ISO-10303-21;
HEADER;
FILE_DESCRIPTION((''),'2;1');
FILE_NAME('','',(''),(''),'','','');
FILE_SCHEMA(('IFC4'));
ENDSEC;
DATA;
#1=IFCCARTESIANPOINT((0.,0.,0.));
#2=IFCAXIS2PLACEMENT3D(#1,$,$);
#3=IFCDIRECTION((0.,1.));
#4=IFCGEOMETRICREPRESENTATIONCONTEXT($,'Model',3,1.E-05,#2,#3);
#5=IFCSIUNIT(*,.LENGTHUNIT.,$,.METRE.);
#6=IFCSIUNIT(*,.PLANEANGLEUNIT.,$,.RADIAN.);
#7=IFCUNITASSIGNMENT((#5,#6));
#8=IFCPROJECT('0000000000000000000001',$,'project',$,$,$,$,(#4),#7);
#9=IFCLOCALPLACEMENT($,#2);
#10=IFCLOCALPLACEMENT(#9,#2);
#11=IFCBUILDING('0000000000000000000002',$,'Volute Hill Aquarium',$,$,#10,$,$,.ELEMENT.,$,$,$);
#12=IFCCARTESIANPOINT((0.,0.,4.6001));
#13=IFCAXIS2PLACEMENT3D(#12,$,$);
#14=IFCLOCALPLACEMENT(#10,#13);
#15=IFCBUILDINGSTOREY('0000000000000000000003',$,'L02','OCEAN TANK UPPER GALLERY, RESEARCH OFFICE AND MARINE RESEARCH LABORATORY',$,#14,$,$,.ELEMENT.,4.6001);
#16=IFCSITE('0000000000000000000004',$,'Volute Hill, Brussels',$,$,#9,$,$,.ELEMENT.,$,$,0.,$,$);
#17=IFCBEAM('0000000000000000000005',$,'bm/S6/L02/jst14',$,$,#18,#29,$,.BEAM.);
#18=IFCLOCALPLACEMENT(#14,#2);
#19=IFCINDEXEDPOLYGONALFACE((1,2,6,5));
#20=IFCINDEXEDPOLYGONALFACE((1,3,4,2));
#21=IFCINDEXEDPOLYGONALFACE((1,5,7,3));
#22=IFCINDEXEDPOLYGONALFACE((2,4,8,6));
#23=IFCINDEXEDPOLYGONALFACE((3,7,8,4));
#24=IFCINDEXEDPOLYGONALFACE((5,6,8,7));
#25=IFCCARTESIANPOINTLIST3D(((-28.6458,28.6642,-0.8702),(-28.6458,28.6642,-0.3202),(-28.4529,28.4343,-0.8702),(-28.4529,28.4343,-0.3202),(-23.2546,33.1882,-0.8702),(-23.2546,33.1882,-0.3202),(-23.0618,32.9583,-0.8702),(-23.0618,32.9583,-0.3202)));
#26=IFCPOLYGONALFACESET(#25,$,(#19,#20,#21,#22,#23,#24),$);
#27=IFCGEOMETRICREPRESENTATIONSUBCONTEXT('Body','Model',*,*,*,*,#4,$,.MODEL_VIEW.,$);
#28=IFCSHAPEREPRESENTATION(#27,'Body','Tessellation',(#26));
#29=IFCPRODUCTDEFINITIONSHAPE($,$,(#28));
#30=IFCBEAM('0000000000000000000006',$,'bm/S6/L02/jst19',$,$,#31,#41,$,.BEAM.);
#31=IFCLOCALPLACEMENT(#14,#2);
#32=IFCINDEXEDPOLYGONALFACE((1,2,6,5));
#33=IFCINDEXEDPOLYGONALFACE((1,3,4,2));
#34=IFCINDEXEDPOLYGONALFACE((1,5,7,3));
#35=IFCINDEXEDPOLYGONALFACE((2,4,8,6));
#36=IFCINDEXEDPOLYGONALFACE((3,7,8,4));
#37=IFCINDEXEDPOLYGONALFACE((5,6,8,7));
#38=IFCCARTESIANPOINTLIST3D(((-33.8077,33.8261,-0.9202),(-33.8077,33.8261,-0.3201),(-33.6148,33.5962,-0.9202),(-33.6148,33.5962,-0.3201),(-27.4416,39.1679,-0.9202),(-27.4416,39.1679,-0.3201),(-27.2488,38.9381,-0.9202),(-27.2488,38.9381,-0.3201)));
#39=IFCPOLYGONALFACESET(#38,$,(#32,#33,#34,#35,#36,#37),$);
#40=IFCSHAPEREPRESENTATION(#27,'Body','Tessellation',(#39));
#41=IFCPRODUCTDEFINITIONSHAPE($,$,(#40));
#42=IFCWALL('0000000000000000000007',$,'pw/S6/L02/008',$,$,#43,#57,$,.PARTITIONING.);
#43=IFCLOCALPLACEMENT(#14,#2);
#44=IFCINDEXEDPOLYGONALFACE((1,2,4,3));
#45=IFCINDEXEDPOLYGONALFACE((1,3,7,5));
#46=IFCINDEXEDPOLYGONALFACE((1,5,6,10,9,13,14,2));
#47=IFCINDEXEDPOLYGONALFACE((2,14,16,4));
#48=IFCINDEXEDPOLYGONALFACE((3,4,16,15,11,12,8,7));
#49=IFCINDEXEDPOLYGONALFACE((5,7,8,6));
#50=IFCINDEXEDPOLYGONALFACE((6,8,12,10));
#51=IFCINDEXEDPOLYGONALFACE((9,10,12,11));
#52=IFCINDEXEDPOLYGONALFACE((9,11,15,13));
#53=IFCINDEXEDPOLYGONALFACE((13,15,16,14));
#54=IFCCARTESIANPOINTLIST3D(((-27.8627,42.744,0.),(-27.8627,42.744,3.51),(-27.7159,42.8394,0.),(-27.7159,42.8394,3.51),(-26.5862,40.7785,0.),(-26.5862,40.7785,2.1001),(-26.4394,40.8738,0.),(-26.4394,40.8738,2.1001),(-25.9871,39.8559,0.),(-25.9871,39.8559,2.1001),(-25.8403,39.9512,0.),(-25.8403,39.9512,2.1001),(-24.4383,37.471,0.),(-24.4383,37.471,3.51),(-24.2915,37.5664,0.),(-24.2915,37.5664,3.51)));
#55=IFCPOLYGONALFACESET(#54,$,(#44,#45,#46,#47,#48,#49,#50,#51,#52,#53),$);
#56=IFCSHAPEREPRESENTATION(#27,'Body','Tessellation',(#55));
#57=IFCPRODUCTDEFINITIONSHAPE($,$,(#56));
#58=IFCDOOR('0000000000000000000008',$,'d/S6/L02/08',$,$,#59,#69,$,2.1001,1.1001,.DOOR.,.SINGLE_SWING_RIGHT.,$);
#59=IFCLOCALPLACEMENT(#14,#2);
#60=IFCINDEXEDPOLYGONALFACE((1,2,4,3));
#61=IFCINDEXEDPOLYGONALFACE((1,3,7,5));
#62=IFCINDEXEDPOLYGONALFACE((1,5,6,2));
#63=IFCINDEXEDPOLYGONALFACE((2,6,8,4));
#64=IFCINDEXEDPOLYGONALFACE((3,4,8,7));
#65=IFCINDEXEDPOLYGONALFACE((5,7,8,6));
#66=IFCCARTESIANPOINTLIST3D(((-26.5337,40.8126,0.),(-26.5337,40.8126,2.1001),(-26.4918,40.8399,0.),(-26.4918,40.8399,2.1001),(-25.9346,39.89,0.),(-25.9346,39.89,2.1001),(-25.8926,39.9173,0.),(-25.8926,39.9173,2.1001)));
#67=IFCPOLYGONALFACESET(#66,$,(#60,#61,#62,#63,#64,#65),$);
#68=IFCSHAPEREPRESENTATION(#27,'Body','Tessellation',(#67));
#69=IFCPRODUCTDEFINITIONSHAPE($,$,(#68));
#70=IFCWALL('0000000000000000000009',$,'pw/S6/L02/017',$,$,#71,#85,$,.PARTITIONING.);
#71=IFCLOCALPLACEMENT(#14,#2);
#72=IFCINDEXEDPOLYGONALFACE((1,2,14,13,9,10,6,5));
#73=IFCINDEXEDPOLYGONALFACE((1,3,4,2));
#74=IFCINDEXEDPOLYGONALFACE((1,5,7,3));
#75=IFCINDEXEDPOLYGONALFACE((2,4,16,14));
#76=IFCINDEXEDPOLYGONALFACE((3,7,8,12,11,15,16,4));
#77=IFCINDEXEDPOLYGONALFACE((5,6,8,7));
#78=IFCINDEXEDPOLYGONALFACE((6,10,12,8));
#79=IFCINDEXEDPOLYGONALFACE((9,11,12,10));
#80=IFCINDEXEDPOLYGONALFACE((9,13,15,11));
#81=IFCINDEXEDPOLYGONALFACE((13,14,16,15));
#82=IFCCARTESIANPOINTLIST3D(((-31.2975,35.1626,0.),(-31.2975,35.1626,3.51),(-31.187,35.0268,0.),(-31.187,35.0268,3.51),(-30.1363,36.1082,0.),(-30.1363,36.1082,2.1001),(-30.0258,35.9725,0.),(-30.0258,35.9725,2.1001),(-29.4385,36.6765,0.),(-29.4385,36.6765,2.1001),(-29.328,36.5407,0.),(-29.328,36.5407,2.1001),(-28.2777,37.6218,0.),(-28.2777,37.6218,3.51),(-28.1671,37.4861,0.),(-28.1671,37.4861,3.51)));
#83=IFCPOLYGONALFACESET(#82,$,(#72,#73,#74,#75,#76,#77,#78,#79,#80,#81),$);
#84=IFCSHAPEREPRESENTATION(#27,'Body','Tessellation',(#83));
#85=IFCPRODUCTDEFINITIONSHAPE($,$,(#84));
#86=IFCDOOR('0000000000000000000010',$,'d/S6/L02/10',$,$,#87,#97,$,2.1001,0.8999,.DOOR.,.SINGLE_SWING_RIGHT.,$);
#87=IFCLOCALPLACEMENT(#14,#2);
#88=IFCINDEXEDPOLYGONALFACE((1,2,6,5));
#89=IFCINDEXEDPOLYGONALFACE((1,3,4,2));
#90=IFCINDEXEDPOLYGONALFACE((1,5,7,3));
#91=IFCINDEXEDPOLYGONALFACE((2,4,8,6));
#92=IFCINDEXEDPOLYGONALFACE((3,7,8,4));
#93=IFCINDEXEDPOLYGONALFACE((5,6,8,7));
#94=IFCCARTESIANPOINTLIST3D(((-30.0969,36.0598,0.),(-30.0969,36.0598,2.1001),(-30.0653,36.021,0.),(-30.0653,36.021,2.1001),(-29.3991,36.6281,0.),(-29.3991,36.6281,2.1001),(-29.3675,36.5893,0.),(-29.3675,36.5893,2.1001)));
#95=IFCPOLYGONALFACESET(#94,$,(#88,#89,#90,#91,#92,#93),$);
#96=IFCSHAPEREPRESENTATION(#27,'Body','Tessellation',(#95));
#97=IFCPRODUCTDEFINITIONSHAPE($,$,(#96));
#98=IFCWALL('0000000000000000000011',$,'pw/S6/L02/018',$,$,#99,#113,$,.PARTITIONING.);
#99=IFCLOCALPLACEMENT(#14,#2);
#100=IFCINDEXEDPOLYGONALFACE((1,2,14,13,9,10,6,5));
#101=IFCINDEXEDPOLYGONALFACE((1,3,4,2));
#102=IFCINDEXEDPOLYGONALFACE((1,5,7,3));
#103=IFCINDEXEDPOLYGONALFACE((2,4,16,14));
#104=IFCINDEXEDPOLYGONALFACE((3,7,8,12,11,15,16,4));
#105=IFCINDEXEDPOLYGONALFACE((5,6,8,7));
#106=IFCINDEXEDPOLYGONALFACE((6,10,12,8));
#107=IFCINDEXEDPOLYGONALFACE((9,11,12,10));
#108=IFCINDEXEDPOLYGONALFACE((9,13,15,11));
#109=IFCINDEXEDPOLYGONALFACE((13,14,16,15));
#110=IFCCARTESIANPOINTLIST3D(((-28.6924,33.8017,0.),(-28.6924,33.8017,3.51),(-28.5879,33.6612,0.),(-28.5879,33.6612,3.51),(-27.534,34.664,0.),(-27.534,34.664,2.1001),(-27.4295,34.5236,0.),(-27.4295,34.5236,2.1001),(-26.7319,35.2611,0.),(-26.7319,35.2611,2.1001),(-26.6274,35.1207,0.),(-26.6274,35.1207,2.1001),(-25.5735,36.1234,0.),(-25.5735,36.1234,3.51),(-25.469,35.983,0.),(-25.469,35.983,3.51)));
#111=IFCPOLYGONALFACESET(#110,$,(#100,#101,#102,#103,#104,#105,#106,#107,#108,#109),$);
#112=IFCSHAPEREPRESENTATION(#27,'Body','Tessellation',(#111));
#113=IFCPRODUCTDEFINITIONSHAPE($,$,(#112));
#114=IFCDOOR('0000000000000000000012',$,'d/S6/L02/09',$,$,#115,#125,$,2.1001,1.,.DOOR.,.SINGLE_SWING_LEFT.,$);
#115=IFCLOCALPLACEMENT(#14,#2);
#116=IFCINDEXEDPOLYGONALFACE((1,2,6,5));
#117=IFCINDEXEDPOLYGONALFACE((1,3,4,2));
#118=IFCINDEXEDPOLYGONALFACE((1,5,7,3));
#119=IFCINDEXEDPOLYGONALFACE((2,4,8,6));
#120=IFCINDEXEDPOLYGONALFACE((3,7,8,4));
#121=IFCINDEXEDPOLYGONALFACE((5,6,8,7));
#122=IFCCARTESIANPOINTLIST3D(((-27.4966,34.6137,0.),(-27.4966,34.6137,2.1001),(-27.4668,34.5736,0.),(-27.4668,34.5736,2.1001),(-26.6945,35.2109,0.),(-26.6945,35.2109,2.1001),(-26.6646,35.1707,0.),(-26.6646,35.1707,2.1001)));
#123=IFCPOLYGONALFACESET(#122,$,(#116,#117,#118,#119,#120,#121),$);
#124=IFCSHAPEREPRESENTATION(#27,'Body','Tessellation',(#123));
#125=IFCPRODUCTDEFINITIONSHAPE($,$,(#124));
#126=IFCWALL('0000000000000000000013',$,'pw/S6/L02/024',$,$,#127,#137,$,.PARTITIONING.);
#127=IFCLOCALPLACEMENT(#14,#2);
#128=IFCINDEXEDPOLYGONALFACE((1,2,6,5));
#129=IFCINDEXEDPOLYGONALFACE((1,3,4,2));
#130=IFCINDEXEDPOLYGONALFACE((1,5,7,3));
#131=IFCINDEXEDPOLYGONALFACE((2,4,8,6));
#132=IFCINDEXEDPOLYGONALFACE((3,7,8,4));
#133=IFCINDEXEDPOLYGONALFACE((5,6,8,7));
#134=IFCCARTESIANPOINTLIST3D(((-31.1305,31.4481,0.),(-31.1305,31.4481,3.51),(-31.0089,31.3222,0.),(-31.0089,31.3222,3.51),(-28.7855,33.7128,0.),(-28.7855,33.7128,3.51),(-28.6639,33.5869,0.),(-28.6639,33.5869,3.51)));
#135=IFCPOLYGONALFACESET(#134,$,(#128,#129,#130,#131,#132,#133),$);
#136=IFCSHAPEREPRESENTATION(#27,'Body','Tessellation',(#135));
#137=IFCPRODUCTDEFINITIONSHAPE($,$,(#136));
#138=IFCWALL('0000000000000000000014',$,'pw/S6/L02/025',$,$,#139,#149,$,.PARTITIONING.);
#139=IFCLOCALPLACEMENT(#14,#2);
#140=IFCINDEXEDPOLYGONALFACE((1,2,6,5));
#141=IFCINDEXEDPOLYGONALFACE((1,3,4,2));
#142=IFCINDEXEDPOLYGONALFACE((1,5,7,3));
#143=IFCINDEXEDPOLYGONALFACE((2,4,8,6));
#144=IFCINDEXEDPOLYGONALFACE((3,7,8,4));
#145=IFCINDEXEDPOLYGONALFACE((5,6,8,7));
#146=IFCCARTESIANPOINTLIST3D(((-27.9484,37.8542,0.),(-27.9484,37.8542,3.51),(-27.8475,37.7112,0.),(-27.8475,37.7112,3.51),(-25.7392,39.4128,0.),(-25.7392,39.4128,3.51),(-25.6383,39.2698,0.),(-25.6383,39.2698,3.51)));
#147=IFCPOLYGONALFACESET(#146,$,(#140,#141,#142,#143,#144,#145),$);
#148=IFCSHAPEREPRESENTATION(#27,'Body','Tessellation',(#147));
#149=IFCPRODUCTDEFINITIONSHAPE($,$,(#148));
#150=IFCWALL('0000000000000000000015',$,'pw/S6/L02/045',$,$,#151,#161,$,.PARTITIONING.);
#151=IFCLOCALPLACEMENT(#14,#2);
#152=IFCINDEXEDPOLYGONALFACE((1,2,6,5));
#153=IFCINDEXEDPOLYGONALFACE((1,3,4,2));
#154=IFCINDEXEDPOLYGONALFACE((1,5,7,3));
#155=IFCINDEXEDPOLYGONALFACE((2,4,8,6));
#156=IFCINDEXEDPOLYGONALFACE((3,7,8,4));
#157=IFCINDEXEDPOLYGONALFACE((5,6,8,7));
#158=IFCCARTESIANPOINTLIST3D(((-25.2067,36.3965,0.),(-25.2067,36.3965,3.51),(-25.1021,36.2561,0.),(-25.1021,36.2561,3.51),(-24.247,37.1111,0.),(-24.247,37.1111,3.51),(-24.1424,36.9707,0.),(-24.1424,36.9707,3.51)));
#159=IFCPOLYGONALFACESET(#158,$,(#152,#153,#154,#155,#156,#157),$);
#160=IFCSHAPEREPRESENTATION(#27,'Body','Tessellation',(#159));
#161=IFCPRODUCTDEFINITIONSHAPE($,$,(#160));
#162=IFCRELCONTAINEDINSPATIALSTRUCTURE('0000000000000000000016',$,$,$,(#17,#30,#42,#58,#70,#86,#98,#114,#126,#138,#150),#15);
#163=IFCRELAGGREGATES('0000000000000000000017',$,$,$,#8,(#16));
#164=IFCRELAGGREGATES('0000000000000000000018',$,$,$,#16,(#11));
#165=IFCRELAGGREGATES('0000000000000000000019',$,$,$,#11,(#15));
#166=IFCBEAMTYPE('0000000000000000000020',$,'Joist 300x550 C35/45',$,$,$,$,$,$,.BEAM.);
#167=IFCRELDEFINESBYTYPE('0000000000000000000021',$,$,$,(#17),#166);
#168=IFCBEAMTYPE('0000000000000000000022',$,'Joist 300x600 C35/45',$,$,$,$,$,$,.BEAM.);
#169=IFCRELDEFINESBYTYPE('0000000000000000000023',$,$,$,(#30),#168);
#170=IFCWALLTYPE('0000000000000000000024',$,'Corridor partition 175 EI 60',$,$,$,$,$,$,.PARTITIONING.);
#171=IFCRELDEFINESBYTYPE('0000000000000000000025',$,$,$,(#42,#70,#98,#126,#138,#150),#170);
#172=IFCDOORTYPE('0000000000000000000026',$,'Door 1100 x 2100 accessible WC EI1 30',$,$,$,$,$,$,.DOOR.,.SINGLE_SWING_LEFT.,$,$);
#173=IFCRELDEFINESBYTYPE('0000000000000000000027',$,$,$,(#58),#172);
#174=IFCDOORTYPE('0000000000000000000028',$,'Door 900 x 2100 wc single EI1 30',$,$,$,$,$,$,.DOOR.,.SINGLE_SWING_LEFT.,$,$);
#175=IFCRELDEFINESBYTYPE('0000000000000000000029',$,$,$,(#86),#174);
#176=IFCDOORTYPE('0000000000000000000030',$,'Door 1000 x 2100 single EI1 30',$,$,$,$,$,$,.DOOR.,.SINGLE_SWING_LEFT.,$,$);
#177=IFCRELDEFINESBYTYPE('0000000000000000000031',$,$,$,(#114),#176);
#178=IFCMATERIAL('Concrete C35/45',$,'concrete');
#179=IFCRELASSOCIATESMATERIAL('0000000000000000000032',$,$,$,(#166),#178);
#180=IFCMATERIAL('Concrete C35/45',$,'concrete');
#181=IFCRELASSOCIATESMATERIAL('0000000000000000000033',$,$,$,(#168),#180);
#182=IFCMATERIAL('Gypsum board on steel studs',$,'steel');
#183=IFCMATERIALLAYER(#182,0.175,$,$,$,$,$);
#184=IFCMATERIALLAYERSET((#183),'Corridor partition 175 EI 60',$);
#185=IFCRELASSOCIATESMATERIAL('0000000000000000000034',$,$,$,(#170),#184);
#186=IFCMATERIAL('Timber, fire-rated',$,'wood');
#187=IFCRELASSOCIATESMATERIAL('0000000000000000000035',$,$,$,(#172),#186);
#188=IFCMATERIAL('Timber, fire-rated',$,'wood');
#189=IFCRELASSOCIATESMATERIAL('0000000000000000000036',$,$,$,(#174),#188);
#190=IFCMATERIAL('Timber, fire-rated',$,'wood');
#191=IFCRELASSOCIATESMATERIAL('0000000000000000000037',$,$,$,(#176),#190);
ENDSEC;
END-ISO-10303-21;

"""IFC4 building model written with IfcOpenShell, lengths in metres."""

from ifc_helpers import new_model, si_unit, direction, frame, frame_2d, origin, origin_2d, place, context, subcontext, project, spatial, rectangle, extrude, material, layer, layer_set, material_profile, profile_set, type_object, element, fill, save


model = new_model("IFC4")

# Units and contexts
model_context = context("Model", 3, precision=1e-05, world=origin(), true_north=direction((0.0, 1.0)))
body_context = subcontext(model_context, "Body", "Model", "MODEL_VIEW")
ifc_project = project(units=[si_unit("LENGTHUNIT", "METRE"), si_unit("PLANEANGLEUNIT", "RADIAN")], contexts=[model_context])

# Site, building, storey
site_placement = place(None, origin())
site = spatial("IfcSite", under=ifc_project, at=site_placement, Name="Volute Hill, Brussels", CompositionType="ELEMENT", RefElevation=0.0)
building_placement = place(site_placement, origin())
building = spatial("IfcBuilding", under=site, at=building_placement, Name="Volute Hill Aquarium", CompositionType="ELEMENT")
storey_placement = place(building_placement, frame((0.0, 0.0, 4.6001)))
storey = spatial("IfcBuildingStorey", under=building, at=storey_placement, Name="L02", Description="OCEAN TANK UPPER GALLERY, RESEARCH OFFICE AND MARINE RESEARCH LABORATORY", CompositionType="ELEMENT", Elevation=4.6001)

# Beams
ifc_material_1 = material(Name="Concrete C35/45", Category="concrete")
ifc_material_profile_1 = material_profile(ifc_material_1, rectangle(XDim=0.3, YDim=0.55, at=origin_2d()), Name="RC joist 300x550")
ifc_profile_set_1 = profile_set([ifc_material_profile_1], Name="Concrete C35/45")
beam_type_1 = type_object("IfcBeamType", Name="Joist 300x550 C35/45", PredefinedType="BEAM", material=ifc_profile_set_1)
beam_1_placement = place(storey_placement, frame((-23.1582, 33.0732, -0.5952), z_axis=(-0.766027, -0.642808, 0.0), x_axis=(0.642808, -0.766027, 0.0)))
element("IfcBeam", 1, at=beam_1_placement, inside=storey, type_object=beam_type_1, Name="bm/S6/L02/jst14", PredefinedType="BEAM", context=body_context, shape_type="SweptSolid", body=[
    extrude(rectangle(XDim=0.3, YDim=0.55, at=origin_2d()), origin(), (0.0, 0.0, 1.0), 7.0378),
])
ifc_material_2 = material(Name="Concrete C35/45", Category="concrete")
ifc_material_profile_2 = material_profile(ifc_material_2, rectangle(XDim=0.3, YDim=0.6001, at=origin_2d()), Name="RC joist 300x600")
ifc_profile_set_2 = profile_set([ifc_material_profile_2], Name="Concrete C35/45")
beam_type_2 = type_object("IfcBeamType", Name="Joist 300x600 C35/45", PredefinedType="BEAM", material=ifc_profile_set_2)
beam_2_placement = place(storey_placement, frame((-27.3452, 39.053, -0.6201), z_axis=(-0.766038, -0.642796, 0.0), x_axis=(0.642796, -0.766038, 0.0)))
element("IfcBeam", 2, at=beam_2_placement, inside=storey, type_object=beam_type_2, Name="bm/S6/L02/jst19", PredefinedType="BEAM", context=body_context, shape_type="SweptSolid", body=[
    extrude(rectangle(XDim=0.3, YDim=0.6001, at=origin_2d()), origin(), (0.0, 0.0, 1.0), 8.3103),
])

# Walls, openings, doors
ifc_material_3 = material(Name="Gypsum board on steel studs", Category="steel")
ifc_layer_1 = layer(ifc_material_3, 0.175)
ifc_layer_set_1 = layer_set([ifc_layer_1], Name="Corridor partition 175 EI 60")
wall_type_1 = type_object("IfcWallType", Name="Corridor partition 175 EI 60", PredefinedType="PARTITIONING", material=ifc_layer_set_1)
wall_1_placement = place(storey_placement, frame((-24.365, 37.5188, 0.0), z_axis=(0.0, 0.0, 1.0), x_axis=(-0.544642, 0.838669, 0.0)))
wall_1 = element("IfcWall", 3, at=wall_1_placement, inside=storey, type_object=wall_type_1, Name="pw/S6/L02/008", PredefinedType="PARTITIONING", context=body_context, shape_type="SweptSolid", body=[
    extrude(rectangle(XDim=6.2874, YDim=0.175, at=frame_2d((3.1436, 0.0))), origin(), (0.0, 0.0, 1.0), 3.51),
])
opening_1_placement = place(wall_1_placement, frame((2.8435, 0.0, 0.0)))
opening_1 = element("IfcOpeningElement", 4, at=opening_1_placement, cuts=wall_1, PredefinedType="OPENING", context=body_context, shape_type="SweptSolid", body=[
    extrude(rectangle(XDim=1.1001, YDim=2.1001, at=frame_2d((0.55, 1.05))), frame((0.0, 0.0974, 0.0), z_axis=(0.0, -1.0, 0.0), x_axis=(1.0, 0.0, 0.0)), (0.0, 0.0, 1.0), 0.1951),
])
ifc_material_4 = material(Name="Timber, fire-rated", Category="wood")
door_type_1 = type_object("IfcDoorType", Name="Door 1100 x 2100 accessible WC EI1 30", OperationType="SINGLE_SWING_LEFT", PredefinedType="DOOR", material=ifc_material_4)
door_1_placement = place(opening_1_placement, origin())
door_1 = element("IfcDoor", 5, at=door_1_placement, inside=storey, type_object=door_type_1, Name="d/S6/L02/08", OperationType="SINGLE_SWING_RIGHT", OverallHeight=2.1001, OverallWidth=1.1001, PredefinedType="DOOR", context=body_context, shape_type="SweptSolid", body=[
    extrude(rectangle(XDim=1.1001, YDim=2.1001, at=frame_2d((0.55, 1.05))), frame((0.0, 0.0249, 0.0), z_axis=(0.0, -1.0, 0.0), x_axis=(1.0, 0.0, 0.0)), (0.0, 0.0, 1.0), 0.05),
])
fill(opening_1, door_1)
wall_2_placement = place(storey_placement, frame((-28.2224, 37.554, 0.0), z_axis=(0.0, 0.0, 1.0), x_axis=(-0.775402, -0.631468, 0.0)))
wall_2 = element("IfcWall", 6, at=wall_2_placement, inside=storey, type_object=wall_type_1, Name="pw/S6/L02/017", PredefinedType="PARTITIONING", context=body_context, shape_type="SweptSolid", body=[
    extrude(rectangle(XDim=3.8945, YDim=0.175, at=frame_2d((1.9473, 0.0))), origin(), (0.0, 0.0, 1.0), 3.51),
])
opening_2_placement = place(wall_2_placement, frame((1.4971, 0.0, 0.0)))
opening_2 = element("IfcOpeningElement", 7, at=opening_2_placement, cuts=wall_2, PredefinedType="OPENING", context=body_context, shape_type="SweptSolid", body=[
    extrude(rectangle(XDim=0.8999, YDim=2.1001, at=frame_2d((0.45, 1.05))), frame((0.0, 0.0974, 0.0), z_axis=(0.0, -1.0, 0.0), x_axis=(1.0, 0.0, 0.0)), (0.0, 0.0, 1.0), 0.1951),
])
ifc_material_5 = material(Name="Timber, fire-rated", Category="wood")
door_type_2 = type_object("IfcDoorType", Name="Door 900 x 2100 wc single EI1 30", OperationType="SINGLE_SWING_LEFT", PredefinedType="DOOR", material=ifc_material_5)
door_2_placement = place(opening_2_placement, origin())
door_2 = element("IfcDoor", 8, at=door_2_placement, inside=storey, type_object=door_type_2, Name="d/S6/L02/10", OperationType="SINGLE_SWING_RIGHT", OverallHeight=2.1001, OverallWidth=0.8999, PredefinedType="DOOR", context=body_context, shape_type="SweptSolid", body=[
    extrude(rectangle(XDim=0.8999, YDim=2.1001, at=frame_2d((0.45, 1.05))), frame((0.0, 0.0249, 0.0), z_axis=(0.0, -1.0, 0.0), x_axis=(1.0, 0.0, 0.0)), (0.0, 0.0, 1.0), 0.05),
])
fill(opening_2, door_2)
wall_3_placement = place(storey_placement, frame((-28.6401, 33.7314, 0.0), z_axis=(0.0, 0.0, 1.0), x_axis=(0.802142, 0.597133, 0.0)))
wall_3 = element("IfcWall", 9, at=wall_3_placement, inside=storey, type_object=wall_type_1, Name="pw/S6/L02/018", PredefinedType="PARTITIONING", context=body_context, shape_type="SweptSolid", body=[
    extrude(rectangle(XDim=3.8882, YDim=0.175, at=frame_2d((1.9441, 0.0))), origin(), (0.0, 0.0, 1.0), 3.51),
])
opening_3_placement = place(wall_3_placement, frame((1.4441, 0.0, 0.0)))
opening_3 = element("IfcOpeningElement", 10, at=opening_3_placement, cuts=wall_3, PredefinedType="OPENING", context=body_context, shape_type="SweptSolid", body=[
    extrude(rectangle(XDim=1.0, YDim=2.1001, at=frame_2d((0.5, 1.05))), frame((0.0, 0.0974, 0.0), z_axis=(0.0, -1.0, 0.0), x_axis=(1.0, 0.0, 0.0)), (0.0, 0.0, 1.0), 0.1951),
])
ifc_material_6 = material(Name="Timber, fire-rated", Category="wood")
door_type_3 = type_object("IfcDoorType", Name="Door 1000 x 2100 single EI1 30", OperationType="SINGLE_SWING_LEFT", PredefinedType="DOOR", material=ifc_material_6)
door_3_placement = place(opening_3_placement, origin())
door_3 = element("IfcDoor", 11, at=door_3_placement, inside=storey, type_object=door_type_3, Name="d/S6/L02/09", OperationType="SINGLE_SWING_LEFT", OverallHeight=2.1001, OverallWidth=1.0, PredefinedType="DOOR", context=body_context, shape_type="SweptSolid", body=[
    extrude(rectangle(XDim=1.0, YDim=2.1001, at=frame_2d((0.5, 1.05))), frame((0.0, 0.0249, 0.0), z_axis=(0.0, -1.0, 0.0), x_axis=(1.0, 0.0, 0.0)), (0.0, 0.0, 1.0), 0.05),
])
fill(opening_3, door_3)

# Walls
wall_4_placement = place(storey_placement, frame((-31.0696, 31.3853, 0.0), z_axis=(0.0, 0.0, 1.0), x_axis=(0.719319, 0.69468, 0.0)))
element("IfcWall", 12, at=wall_4_placement, inside=storey, type_object=wall_type_1, Name="pw/S6/L02/024", PredefinedType="PARTITIONING", context=body_context, shape_type="SweptSolid", body=[
    extrude(rectangle(XDim=3.26, YDim=0.175, at=frame_2d((1.6299, 0.0))), origin(), (0.0, 0.0, 1.0), 3.51),
])
wall_5_placement = place(storey_placement, frame((-27.8979, 37.7827, 0.0), z_axis=(0.0, 0.0, 1.0), x_axis=(0.817118, 0.57647, 0.0)))
element("IfcWall", 13, at=wall_5_placement, inside=storey, type_object=wall_type_1, Name="pw/S6/L02/025", PredefinedType="PARTITIONING", context=body_context, shape_type="SweptSolid", body=[
    extrude(rectangle(XDim=2.7036, YDim=0.175, at=frame_2d((1.3518, 0.0))), origin(), (0.0, 0.0, 1.0), 3.51),
])
wall_6_placement = place(storey_placement, frame((-25.1543, 36.3264, 0.0), z_axis=(0.0, 0.0, 1.0), x_axis=(0.802076, 0.597221, 0.0)))
element("IfcWall", 14, at=wall_6_placement, inside=storey, type_object=wall_type_1, Name="pw/S6/L02/045", PredefinedType="PARTITIONING", context=body_context, shape_type="SweptSolid", body=[
    extrude(rectangle(XDim=1.1965, YDim=0.175, at=frame_2d((0.5981, 0.0))), origin(), (0.0, 0.0, 1.0), 3.51),
])

save(model, "model.ifc")
